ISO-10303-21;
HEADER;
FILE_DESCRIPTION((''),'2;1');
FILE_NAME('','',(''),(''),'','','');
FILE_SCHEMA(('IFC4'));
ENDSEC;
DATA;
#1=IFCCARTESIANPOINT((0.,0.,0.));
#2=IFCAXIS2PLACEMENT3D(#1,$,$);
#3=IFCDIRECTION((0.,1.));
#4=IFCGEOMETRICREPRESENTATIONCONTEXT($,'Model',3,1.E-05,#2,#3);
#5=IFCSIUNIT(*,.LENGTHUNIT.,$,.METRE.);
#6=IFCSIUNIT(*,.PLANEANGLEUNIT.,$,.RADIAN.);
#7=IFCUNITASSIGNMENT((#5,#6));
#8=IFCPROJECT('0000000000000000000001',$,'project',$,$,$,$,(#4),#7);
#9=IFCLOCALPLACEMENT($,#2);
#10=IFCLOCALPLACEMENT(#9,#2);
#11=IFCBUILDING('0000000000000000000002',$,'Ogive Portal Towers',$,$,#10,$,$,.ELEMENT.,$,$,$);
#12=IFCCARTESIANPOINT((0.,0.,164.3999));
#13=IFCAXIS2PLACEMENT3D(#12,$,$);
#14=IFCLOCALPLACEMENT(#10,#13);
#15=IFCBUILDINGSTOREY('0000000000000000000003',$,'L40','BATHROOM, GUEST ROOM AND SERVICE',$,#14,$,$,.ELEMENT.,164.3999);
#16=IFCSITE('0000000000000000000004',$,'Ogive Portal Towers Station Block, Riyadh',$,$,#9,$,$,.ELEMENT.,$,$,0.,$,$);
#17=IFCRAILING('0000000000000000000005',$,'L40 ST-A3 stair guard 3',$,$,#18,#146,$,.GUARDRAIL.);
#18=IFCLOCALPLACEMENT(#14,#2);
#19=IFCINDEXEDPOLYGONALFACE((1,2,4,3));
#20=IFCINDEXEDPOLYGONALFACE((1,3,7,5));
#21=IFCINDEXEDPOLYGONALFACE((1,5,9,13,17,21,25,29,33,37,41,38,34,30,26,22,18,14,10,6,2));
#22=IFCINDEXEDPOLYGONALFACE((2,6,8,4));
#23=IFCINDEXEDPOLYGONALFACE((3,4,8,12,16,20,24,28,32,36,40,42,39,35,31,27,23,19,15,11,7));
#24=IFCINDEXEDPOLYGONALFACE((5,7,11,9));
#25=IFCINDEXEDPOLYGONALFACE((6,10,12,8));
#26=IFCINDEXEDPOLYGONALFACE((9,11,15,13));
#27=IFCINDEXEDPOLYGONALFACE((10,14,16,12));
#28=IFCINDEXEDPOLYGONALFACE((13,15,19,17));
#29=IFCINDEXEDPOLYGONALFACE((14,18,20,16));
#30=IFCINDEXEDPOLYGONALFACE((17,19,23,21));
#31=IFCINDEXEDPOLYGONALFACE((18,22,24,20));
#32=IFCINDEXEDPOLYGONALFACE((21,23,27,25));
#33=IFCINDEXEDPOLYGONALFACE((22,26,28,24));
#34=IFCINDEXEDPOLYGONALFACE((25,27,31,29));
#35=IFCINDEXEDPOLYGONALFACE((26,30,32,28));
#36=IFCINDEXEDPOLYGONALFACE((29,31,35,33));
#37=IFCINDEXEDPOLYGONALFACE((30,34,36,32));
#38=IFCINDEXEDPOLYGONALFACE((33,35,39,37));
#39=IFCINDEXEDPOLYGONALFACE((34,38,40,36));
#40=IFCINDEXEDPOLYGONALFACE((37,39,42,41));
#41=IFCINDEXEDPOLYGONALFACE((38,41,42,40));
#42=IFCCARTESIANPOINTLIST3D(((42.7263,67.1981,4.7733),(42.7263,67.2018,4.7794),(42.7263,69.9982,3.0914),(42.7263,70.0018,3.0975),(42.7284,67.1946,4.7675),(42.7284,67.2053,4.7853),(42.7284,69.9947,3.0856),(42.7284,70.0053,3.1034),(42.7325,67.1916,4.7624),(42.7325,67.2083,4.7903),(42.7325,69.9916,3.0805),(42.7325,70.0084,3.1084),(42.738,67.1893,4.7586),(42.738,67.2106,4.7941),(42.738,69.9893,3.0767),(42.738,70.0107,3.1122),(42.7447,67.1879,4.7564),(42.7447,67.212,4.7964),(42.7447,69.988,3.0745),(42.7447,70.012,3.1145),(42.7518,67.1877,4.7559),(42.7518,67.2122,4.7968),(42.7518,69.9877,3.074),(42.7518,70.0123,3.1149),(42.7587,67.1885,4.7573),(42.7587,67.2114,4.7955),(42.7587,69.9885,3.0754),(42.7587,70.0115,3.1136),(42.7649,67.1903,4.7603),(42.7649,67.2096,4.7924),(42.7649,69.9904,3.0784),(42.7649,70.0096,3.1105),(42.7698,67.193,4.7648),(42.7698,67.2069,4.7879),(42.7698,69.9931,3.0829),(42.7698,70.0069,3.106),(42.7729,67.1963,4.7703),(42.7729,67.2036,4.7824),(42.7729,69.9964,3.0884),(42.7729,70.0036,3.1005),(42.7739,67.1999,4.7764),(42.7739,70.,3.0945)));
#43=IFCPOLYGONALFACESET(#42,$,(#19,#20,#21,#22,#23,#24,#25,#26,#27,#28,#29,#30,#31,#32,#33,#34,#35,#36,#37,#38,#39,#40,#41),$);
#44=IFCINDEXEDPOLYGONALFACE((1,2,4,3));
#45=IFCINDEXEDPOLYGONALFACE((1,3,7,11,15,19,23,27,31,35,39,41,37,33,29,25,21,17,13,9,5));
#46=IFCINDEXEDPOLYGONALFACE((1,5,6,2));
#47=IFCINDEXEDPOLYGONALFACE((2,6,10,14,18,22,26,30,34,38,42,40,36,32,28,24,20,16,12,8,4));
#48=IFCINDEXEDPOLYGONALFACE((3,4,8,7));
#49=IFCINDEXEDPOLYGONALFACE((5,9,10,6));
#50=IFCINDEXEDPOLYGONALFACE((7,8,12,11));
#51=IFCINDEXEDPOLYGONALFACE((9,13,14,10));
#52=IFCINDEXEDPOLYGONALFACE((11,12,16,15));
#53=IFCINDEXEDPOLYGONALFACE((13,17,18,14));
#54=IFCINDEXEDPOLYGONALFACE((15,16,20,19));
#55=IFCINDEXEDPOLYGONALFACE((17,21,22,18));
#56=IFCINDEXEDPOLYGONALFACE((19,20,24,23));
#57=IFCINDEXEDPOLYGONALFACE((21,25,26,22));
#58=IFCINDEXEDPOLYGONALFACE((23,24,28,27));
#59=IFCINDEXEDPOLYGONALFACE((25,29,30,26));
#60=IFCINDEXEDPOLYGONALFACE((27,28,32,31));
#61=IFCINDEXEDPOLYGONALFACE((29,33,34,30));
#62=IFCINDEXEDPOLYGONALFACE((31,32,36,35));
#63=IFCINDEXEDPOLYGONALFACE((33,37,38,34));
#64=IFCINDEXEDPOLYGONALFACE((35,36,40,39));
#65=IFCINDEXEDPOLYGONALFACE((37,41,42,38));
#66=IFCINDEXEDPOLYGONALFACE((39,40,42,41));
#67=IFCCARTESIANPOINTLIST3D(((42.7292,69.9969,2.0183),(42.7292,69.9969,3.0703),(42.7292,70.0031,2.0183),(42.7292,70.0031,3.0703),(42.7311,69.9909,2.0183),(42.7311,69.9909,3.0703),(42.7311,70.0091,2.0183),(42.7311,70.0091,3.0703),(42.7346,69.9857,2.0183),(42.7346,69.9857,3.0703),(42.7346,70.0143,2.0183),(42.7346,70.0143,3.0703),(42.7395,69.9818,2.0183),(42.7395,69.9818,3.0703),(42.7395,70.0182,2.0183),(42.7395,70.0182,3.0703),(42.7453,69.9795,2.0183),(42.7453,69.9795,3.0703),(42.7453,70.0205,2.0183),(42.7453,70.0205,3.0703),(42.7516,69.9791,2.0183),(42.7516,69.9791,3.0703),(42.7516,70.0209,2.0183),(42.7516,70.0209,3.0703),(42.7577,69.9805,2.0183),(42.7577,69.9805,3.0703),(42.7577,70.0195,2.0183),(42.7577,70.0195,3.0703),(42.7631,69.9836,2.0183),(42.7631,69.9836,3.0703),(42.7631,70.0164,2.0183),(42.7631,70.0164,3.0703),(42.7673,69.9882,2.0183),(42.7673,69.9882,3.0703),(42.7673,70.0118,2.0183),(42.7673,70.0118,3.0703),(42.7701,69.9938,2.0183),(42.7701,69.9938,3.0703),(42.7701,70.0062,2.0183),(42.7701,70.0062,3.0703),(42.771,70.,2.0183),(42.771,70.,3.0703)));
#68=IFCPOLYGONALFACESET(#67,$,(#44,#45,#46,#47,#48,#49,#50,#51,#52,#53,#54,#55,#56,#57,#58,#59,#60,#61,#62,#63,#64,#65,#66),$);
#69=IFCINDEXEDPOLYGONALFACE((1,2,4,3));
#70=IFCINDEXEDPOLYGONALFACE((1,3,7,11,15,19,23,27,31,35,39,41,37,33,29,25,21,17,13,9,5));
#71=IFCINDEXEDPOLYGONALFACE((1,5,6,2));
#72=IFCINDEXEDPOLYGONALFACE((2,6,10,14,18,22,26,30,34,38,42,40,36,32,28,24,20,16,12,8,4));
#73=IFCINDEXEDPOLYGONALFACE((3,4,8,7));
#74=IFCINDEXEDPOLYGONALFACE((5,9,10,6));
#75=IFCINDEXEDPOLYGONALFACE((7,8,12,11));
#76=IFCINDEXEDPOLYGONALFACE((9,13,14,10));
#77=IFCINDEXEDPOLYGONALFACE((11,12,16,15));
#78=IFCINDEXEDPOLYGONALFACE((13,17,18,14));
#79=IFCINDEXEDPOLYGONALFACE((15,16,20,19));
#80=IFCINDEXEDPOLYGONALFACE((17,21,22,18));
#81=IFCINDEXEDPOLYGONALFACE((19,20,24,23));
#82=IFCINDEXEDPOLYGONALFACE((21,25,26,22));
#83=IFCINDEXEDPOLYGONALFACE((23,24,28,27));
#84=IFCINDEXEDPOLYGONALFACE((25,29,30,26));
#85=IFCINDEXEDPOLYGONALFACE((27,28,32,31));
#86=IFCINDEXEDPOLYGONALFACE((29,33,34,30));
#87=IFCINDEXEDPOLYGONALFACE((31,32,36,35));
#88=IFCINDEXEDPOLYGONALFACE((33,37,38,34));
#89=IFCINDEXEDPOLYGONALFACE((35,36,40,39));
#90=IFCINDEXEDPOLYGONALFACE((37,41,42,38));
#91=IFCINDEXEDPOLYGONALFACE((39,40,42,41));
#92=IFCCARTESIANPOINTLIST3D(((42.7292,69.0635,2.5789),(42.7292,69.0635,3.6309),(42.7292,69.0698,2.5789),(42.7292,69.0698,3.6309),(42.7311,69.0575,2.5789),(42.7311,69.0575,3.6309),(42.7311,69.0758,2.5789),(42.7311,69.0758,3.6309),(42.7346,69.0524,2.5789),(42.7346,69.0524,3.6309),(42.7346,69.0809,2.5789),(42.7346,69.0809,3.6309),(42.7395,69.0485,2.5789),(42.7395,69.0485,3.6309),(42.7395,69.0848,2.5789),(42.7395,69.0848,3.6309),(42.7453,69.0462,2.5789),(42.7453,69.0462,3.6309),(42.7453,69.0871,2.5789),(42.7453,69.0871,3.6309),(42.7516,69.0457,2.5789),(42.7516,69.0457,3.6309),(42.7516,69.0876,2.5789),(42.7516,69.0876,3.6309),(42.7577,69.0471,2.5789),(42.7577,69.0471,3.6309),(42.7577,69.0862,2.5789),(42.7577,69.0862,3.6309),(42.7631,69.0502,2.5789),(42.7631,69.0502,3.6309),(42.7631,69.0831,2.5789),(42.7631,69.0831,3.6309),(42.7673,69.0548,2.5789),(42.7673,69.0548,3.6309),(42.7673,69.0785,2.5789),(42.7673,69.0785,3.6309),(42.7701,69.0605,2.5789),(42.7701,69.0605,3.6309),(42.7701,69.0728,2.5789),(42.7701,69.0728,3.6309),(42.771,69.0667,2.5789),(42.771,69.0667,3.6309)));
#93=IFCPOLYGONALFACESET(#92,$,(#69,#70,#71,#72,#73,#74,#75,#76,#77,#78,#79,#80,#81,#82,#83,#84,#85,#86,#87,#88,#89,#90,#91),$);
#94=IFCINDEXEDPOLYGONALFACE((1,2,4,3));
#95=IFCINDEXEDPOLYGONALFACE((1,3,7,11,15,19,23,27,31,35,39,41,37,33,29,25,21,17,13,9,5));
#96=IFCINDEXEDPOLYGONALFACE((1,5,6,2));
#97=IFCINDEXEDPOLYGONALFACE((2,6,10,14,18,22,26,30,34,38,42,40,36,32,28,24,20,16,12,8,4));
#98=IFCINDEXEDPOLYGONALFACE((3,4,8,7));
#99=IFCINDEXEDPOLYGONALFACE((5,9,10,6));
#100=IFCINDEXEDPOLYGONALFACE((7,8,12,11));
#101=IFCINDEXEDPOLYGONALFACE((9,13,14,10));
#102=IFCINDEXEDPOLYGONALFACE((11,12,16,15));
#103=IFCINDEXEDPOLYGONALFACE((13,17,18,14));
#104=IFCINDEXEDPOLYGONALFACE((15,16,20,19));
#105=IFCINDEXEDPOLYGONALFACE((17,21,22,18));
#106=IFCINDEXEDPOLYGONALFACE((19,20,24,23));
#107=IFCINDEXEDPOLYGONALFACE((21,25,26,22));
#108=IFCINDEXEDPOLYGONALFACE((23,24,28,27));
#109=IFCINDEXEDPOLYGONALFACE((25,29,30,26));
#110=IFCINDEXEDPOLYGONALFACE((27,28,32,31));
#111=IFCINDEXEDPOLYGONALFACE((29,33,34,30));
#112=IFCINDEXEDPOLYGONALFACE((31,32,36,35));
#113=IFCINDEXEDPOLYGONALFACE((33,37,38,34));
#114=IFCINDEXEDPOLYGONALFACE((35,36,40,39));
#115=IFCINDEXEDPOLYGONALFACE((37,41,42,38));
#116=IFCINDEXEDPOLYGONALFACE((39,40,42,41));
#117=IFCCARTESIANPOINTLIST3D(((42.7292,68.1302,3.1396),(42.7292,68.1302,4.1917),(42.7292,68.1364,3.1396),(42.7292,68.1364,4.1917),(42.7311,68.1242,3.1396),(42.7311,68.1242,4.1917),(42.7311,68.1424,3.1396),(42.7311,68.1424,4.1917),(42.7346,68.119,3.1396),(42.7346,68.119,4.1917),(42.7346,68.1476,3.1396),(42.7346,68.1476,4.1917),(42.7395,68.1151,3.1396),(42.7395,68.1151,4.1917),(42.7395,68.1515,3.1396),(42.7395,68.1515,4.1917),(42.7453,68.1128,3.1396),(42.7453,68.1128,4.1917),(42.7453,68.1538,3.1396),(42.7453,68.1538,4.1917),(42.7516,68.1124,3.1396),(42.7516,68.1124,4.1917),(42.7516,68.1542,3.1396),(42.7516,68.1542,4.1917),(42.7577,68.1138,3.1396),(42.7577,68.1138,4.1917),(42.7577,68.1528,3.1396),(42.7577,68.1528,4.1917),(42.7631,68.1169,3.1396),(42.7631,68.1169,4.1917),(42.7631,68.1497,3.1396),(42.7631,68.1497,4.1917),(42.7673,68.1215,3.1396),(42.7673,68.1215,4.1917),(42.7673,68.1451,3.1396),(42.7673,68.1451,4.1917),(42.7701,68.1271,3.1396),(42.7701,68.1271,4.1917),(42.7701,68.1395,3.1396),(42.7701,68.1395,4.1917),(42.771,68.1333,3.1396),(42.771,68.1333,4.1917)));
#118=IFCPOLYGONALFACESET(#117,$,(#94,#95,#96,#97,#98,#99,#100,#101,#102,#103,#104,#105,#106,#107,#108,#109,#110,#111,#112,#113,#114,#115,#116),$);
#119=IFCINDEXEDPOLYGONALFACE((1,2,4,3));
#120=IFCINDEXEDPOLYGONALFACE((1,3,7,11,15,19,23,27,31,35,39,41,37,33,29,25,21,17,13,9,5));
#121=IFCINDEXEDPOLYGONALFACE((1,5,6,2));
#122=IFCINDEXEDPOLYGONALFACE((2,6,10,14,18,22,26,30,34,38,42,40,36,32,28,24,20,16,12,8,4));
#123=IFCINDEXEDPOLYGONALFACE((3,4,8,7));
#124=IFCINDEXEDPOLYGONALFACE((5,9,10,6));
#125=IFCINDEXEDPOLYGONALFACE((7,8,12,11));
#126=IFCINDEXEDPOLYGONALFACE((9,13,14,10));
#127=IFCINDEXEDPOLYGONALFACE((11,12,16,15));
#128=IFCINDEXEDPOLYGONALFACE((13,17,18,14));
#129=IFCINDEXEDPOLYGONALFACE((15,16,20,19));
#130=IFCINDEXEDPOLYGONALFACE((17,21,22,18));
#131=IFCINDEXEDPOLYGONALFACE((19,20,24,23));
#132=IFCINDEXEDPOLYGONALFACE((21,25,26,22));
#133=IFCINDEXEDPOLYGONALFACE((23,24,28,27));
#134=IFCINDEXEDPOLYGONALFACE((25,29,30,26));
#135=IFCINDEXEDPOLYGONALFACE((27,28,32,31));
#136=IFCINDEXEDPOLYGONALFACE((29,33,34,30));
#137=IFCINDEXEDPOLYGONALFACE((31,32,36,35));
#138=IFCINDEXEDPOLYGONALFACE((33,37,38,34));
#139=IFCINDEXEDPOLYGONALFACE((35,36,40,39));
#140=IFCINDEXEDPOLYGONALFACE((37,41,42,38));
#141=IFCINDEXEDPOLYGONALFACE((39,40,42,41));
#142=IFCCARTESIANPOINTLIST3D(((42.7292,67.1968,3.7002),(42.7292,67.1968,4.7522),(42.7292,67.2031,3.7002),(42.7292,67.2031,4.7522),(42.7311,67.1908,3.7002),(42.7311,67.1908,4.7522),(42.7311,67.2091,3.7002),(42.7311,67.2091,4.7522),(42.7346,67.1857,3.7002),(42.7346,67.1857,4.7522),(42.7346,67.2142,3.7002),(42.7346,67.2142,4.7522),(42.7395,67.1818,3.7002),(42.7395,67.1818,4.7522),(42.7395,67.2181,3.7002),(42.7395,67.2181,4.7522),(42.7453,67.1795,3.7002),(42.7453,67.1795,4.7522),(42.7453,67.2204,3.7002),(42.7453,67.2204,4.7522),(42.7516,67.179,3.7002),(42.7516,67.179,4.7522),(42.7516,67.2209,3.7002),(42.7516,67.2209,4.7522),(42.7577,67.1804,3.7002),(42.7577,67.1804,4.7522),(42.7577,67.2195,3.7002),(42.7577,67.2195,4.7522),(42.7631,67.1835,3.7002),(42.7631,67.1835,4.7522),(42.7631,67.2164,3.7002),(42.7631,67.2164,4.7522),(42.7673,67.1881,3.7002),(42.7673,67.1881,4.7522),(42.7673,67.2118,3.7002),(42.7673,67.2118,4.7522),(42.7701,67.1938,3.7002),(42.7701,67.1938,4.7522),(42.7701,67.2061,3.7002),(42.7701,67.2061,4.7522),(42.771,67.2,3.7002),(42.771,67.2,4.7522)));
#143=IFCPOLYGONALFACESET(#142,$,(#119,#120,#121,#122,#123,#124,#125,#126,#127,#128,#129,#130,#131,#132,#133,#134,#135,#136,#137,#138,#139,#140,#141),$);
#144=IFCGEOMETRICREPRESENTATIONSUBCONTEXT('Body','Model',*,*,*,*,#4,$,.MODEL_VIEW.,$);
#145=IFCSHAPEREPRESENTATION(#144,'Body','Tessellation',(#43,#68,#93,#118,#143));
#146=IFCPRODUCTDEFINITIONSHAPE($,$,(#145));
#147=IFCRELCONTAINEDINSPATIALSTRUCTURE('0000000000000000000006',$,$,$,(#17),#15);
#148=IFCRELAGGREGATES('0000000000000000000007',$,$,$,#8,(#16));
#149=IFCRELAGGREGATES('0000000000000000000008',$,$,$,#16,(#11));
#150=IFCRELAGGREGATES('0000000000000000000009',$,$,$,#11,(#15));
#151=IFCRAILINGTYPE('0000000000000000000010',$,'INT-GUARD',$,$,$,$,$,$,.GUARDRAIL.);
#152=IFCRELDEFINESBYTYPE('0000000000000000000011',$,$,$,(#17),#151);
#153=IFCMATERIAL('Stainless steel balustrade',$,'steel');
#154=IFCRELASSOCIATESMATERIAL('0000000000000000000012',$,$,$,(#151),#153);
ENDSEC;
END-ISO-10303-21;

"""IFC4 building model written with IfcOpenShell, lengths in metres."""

from ifc_helpers import new_model, si_unit, direction, frame, origin, origin_2d, place, context, subcontext, project, spatial, circle, extrude, material, type_object, element, save


model = new_model("IFC4")

# Units and contexts
model_context = context("Model", 3, precision=1e-05, world=origin(), true_north=direction((0.0, 1.0)))
body_context = subcontext(model_context, "Body", "Model", "MODEL_VIEW")
ifc_project = project(units=[si_unit("LENGTHUNIT", "METRE"), si_unit("PLANEANGLEUNIT", "RADIAN")], contexts=[model_context])

# Site, building, storey
site_placement = place(None, origin())
site = spatial("IfcSite", under=ifc_project, at=site_placement, Name="Ogive Portal Towers Station Block, Riyadh", CompositionType="ELEMENT", RefElevation=0.0)
building_placement = place(site_placement, origin())
building = spatial("IfcBuilding", under=site, at=building_placement, Name="Ogive Portal Towers", CompositionType="ELEMENT")
storey_placement = place(building_placement, frame((0.0, 0.0, 164.3999)))
storey = spatial("IfcBuildingStorey", under=building, at=storey_placement, Name="L40", Description="BATHROOM, GUEST ROOM AND SERVICE", CompositionType="ELEMENT", Elevation=164.3999)

# Railing
ifc_material_1 = material(Name="Stainless steel balustrade", Category="steel")
railing_type_1 = type_object("IfcRailingType", Name="INT-GUARD", PredefinedType="GUARDRAIL", material=ifc_material_1)
railing_1_placement = place(storey_placement, frame((42.75, 70.0, 2.0183)))
element("IfcRailing", 1, at=railing_1_placement, inside=storey, type_object=railing_type_1, Name="L40 ST-A3 stair guard 3", PredefinedType="GUARDRAIL", context=body_context, shape_type="SweptSolid", body=[
    extrude(circle(Radius=0.0239, at=origin_2d()), frame((0.0, 0.0, 1.0762), z_axis=(0.0, -0.857242, 0.514913), x_axis=(1.0, 0.0, 0.0)), (0.0, 0.0, 1.0), 3.2664),
    extrude(circle(Radius=0.021, at=origin_2d()), origin(), (0.0, 0.0, 1.0), 1.052),
    extrude(circle(Radius=0.021, at=origin_2d()), frame((0.0, -0.9333, 0.5605)), (0.0, 0.0, 1.0), 1.052),
    extrude(circle(Radius=0.021, at=origin_2d()), frame((0.0, -1.8667, 1.1213)), (0.0, 0.0, 1.0), 1.052),
    extrude(circle(Radius=0.021, at=origin_2d()), frame((0.0, -2.8, 1.6819)), (0.0, 0.0, 1.0), 1.052),
])

save(model, "model.ifc")
